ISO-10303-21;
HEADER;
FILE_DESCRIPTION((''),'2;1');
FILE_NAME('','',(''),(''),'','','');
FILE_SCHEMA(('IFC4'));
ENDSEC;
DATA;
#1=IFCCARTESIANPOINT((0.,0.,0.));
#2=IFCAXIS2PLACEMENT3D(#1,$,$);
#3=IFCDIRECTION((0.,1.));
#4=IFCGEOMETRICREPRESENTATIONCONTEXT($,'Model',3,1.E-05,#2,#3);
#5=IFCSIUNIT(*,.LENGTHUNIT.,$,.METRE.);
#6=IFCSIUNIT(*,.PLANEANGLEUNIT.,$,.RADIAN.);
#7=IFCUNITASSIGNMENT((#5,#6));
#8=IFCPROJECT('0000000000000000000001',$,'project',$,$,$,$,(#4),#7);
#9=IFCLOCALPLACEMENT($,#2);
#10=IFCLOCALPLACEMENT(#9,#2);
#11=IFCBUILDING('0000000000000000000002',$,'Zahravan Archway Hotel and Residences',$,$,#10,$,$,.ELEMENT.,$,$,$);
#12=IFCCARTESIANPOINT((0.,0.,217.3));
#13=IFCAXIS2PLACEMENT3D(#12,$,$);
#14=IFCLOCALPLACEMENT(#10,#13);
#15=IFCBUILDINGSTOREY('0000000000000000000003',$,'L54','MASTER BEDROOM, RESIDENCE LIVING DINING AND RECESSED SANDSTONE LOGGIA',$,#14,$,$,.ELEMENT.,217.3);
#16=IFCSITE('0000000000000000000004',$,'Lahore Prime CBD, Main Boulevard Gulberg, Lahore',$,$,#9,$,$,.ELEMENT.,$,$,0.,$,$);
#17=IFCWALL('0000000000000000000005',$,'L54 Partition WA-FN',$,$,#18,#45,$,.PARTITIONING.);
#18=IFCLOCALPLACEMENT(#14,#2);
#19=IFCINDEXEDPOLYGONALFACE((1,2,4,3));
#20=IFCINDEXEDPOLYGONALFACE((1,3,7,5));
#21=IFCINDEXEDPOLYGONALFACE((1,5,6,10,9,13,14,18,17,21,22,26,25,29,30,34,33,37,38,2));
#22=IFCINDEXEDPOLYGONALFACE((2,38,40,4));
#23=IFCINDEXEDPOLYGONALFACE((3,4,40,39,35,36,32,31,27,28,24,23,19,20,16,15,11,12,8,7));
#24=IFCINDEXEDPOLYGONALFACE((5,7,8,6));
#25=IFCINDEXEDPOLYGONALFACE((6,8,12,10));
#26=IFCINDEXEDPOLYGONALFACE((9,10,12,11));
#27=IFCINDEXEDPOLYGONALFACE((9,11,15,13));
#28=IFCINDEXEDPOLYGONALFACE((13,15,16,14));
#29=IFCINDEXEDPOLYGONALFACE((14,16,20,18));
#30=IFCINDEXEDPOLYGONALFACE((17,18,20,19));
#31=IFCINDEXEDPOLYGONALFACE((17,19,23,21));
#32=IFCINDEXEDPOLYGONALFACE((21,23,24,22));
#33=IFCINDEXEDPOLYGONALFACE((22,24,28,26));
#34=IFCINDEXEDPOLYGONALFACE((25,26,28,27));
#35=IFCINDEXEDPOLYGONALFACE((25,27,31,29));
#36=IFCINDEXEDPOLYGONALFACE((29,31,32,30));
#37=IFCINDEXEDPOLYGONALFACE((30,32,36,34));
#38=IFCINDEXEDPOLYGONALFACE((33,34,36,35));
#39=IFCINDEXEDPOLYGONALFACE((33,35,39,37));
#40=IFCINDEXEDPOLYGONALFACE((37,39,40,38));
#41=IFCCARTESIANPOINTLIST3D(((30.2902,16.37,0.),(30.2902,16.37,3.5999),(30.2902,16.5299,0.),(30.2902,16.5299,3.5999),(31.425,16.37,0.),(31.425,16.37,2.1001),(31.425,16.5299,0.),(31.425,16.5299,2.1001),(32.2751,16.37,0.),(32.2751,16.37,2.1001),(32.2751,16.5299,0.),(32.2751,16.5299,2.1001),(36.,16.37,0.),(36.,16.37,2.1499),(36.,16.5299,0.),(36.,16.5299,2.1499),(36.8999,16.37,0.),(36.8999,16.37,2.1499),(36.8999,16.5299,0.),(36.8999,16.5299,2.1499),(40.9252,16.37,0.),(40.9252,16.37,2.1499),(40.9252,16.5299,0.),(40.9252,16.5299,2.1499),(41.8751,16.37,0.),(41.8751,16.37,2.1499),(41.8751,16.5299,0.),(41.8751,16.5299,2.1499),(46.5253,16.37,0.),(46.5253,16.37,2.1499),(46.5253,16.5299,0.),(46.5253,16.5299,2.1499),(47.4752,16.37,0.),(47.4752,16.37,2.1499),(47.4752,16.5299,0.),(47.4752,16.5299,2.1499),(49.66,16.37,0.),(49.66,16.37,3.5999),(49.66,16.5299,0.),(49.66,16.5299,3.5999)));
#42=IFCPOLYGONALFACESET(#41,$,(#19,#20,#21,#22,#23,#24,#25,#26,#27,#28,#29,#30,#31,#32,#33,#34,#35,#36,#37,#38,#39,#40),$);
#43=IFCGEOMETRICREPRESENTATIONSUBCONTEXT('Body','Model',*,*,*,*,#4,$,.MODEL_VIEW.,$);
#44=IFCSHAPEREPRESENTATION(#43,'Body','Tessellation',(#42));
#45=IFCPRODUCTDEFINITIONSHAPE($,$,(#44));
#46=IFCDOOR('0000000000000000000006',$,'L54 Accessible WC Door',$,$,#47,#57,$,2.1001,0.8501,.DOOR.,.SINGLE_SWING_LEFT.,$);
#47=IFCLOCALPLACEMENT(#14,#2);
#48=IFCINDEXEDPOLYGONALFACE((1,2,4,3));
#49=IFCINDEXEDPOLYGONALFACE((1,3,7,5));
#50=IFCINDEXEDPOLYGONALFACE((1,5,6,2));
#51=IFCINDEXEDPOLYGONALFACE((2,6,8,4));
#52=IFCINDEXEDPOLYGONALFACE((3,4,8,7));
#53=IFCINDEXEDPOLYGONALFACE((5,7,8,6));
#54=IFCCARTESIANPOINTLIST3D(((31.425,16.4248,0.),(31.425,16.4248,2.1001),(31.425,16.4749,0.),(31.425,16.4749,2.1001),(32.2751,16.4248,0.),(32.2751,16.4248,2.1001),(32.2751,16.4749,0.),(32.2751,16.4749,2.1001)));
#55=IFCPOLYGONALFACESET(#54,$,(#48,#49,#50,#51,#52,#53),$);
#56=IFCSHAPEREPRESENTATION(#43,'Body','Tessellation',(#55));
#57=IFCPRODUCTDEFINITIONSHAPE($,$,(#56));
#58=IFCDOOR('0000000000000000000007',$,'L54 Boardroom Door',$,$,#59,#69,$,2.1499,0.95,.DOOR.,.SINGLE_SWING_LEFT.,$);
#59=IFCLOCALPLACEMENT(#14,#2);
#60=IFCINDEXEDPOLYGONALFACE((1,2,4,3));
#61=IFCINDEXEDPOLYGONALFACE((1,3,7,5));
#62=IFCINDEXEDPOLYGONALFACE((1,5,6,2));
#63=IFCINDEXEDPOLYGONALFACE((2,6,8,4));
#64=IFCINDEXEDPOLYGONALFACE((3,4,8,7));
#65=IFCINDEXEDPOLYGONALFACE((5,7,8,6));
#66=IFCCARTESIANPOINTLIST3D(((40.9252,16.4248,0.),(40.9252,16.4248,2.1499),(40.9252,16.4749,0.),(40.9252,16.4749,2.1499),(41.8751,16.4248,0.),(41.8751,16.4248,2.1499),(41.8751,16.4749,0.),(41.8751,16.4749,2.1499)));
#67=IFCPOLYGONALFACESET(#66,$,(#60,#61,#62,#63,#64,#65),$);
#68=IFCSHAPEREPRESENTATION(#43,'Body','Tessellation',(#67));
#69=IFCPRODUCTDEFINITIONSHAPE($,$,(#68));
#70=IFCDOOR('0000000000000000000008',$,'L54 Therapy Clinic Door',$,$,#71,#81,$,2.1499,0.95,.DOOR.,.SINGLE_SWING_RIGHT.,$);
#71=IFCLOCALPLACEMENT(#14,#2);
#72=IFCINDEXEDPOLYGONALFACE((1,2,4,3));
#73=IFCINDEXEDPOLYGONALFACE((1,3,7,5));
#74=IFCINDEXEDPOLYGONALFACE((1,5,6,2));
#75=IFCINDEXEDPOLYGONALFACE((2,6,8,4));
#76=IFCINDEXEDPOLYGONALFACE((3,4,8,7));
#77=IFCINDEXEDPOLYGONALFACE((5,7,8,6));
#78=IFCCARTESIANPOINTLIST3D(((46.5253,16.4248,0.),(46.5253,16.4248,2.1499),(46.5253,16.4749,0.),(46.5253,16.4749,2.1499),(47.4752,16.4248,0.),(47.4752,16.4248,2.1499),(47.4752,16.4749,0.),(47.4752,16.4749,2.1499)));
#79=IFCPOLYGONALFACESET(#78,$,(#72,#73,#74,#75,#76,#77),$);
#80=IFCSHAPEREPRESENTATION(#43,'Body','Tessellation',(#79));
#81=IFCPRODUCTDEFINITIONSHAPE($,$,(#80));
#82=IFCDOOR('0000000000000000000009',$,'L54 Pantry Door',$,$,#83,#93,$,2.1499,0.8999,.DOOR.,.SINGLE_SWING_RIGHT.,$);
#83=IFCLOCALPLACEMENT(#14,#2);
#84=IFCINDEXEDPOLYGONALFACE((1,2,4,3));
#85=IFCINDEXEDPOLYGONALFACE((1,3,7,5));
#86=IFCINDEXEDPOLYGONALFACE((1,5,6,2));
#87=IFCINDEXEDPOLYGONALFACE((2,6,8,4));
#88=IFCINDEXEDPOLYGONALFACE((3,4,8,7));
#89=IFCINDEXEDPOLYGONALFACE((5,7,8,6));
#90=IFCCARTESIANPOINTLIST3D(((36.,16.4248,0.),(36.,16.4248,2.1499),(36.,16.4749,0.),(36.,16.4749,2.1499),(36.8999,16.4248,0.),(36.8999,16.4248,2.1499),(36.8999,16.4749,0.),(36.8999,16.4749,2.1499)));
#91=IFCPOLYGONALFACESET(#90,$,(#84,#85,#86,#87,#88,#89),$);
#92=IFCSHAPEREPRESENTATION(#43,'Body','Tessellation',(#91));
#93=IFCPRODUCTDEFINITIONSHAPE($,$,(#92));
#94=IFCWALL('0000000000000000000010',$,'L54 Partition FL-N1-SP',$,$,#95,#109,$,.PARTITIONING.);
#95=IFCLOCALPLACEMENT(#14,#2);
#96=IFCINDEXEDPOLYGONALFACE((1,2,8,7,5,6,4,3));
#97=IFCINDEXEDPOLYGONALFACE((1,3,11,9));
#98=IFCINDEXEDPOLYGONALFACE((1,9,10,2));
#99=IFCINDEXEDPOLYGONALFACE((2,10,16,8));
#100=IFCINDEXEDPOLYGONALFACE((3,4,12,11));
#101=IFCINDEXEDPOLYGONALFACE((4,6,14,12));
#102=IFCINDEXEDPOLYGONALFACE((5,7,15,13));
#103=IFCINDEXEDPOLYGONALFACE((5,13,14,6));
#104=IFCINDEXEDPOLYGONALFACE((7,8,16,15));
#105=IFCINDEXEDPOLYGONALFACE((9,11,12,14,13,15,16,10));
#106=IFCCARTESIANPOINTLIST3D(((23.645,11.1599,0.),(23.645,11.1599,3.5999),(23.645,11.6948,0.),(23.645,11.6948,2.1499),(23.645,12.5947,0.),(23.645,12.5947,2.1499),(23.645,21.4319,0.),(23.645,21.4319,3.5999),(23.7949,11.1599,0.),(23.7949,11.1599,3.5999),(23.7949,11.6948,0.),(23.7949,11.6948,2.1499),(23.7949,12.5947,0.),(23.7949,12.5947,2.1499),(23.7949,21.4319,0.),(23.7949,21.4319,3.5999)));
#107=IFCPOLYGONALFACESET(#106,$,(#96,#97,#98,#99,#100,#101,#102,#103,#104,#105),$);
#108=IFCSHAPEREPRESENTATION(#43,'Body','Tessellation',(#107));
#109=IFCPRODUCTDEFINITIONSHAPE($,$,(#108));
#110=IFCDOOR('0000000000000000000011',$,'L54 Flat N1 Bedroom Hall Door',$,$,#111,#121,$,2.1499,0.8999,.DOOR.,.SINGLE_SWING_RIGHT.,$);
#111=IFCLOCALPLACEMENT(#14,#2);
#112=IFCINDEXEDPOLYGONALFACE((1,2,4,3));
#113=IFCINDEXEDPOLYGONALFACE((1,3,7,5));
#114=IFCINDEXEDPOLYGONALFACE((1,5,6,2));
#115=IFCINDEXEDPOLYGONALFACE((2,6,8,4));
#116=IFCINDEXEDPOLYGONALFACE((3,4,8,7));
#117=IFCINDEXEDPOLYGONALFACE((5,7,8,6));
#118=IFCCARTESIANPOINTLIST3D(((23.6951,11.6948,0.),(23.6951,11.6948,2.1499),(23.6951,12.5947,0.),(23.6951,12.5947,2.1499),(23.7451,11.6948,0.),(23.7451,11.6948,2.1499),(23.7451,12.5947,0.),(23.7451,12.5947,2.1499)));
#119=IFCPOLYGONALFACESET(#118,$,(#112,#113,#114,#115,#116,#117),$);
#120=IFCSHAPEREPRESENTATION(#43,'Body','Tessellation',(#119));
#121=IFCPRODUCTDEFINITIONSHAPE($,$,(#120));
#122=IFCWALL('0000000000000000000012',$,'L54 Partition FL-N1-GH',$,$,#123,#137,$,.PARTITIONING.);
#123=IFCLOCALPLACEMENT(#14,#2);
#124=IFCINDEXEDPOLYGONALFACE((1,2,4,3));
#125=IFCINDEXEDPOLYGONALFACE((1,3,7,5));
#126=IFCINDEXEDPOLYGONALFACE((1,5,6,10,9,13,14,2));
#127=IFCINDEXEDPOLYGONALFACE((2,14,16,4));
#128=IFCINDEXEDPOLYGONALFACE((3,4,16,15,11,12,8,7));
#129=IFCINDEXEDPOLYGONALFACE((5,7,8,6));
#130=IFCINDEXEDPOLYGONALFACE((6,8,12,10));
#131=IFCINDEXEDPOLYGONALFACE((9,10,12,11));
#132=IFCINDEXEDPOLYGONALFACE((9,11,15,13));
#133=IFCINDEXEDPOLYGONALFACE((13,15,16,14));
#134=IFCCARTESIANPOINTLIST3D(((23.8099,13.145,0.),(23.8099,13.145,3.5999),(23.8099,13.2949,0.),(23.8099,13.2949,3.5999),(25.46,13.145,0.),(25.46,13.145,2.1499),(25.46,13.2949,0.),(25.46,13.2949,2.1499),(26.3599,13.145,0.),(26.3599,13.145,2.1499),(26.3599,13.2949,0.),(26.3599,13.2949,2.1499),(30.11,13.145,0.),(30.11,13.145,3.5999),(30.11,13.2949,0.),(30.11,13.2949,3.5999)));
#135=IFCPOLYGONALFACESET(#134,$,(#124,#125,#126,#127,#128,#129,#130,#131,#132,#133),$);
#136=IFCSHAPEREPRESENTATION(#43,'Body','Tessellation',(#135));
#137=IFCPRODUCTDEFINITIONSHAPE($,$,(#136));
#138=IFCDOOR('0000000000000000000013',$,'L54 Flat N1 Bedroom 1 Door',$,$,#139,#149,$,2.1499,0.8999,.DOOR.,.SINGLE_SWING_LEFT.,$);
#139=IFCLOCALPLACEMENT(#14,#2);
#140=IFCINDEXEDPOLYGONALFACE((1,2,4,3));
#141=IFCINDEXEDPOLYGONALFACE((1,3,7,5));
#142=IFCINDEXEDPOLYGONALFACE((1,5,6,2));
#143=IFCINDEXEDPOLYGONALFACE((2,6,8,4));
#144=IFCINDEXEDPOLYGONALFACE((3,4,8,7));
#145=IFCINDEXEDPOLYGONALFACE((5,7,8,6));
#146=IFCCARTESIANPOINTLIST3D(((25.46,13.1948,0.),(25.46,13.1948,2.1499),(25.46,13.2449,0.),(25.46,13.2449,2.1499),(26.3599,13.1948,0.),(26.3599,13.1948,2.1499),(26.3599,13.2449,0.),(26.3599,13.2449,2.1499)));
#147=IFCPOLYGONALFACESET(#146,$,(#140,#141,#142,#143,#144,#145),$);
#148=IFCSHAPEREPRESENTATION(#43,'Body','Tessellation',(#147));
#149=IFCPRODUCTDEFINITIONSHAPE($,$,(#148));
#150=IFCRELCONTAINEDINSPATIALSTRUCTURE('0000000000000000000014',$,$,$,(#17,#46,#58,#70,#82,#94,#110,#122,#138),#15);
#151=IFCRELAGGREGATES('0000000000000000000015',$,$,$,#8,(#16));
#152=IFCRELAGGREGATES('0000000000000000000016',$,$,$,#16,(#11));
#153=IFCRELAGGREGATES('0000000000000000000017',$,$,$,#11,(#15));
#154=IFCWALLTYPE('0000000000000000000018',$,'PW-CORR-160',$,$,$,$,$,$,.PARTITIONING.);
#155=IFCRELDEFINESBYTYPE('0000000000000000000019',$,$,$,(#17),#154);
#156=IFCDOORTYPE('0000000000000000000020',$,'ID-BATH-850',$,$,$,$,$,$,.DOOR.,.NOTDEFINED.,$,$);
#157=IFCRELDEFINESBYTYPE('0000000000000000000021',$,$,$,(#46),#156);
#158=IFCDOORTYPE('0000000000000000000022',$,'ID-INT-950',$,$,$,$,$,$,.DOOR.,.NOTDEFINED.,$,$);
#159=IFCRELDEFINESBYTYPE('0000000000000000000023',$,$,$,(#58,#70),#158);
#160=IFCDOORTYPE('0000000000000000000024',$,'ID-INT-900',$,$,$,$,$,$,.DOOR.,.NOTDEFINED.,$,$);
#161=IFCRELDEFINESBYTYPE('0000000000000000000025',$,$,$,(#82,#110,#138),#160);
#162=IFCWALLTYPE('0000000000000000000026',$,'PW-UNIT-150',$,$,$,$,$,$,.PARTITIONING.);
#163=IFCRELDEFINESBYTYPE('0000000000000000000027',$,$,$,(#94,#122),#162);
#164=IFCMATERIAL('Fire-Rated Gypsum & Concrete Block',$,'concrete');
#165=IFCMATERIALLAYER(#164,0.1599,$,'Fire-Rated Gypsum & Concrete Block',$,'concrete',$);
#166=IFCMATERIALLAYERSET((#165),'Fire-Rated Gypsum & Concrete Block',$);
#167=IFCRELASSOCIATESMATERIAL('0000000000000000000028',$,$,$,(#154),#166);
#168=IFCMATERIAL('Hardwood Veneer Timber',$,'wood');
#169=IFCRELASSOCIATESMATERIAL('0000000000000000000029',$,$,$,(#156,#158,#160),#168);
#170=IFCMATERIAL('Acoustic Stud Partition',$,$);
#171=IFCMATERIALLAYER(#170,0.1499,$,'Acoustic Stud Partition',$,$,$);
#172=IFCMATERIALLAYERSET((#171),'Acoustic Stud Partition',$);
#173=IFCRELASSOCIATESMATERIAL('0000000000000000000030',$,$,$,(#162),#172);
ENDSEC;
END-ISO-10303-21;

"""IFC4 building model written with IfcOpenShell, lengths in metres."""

from ifc_helpers import new_model, si_unit, direction, frame, frame_2d, origin, place, context, subcontext, project, spatial, rectangle, extrude, source, transform, mapped, material, layer, layer_set, type_object, type_shapes, element, fill, save


model = new_model("IFC4")

# Units and contexts
model_context = context("Model", 3, precision=1e-05, world=origin(), true_north=direction((0.0, 1.0)))
body_context = subcontext(model_context, "Body", "Model", "MODEL_VIEW")
ifc_project = project(units=[si_unit("LENGTHUNIT", "METRE"), si_unit("PLANEANGLEUNIT", "RADIAN")], contexts=[model_context])

# Site, building, storey
site_placement = place(None, origin())
site = spatial("IfcSite", under=ifc_project, at=site_placement, Name="Lahore Prime CBD, Main Boulevard Gulberg, Lahore", CompositionType="ELEMENT", RefElevation=0.0)
building_placement = place(site_placement, origin())
building = spatial("IfcBuilding", under=site, at=building_placement, Name="Zahravan Archway Hotel and Residences", CompositionType="ELEMENT")
storey_placement = place(building_placement, frame((0.0, 0.0, 217.3)))
storey = spatial("IfcBuildingStorey", under=building, at=storey_placement, Name="L54", Description="MASTER BEDROOM, RESIDENCE LIVING DINING AND RECESSED SANDSTONE LOGGIA", CompositionType="ELEMENT", Elevation=217.3)

# Shared definitions
ifc_material_1 = material(Name="Fire-Rated Gypsum & Concrete Block", Category="concrete")
ifc_layer_1 = layer(ifc_material_1, 0.1599, Name="Fire-Rated Gypsum & Concrete Block", Category="concrete")
ifc_layer_set_1 = layer_set([ifc_layer_1], Name="Fire-Rated Gypsum & Concrete Block")
wall_type_1 = type_object("IfcWallType", Name="PW-CORR-160", PredefinedType="PARTITIONING", material=ifc_layer_set_1)

# Wall, openings, doors
wall_1_placement = place(storey_placement, frame((30.29, 16.45, 0.0), z_axis=(0.0, 0.0, 1.0), x_axis=(1.0, 0.0, 0.0)))
wall_1 = element("IfcWall", 1, at=wall_1_placement, inside=storey, type_object=wall_type_1, Name="L54 Partition WA-FN", PredefinedType="PARTITIONING", context=body_context, shape_type="SweptSolid", body=[
    extrude(rectangle(XDim=19.3699, YDim=0.1599, at=frame_2d((9.6851, 0.0))), origin(), (0.0, 0.0, 1.0), 3.5999),
])
opening_1_placement = place(wall_1_placement, frame((1.135, 0.0, 0.0)))
opening_1 = element("IfcOpeningElement", 2, at=opening_1_placement, cuts=wall_1, PredefinedType="OPENING", context=body_context, shape_type="SweptSolid", body=[
    extrude(rectangle(XDim=0.8501, YDim=2.1001, at=frame_2d((0.425, 1.05))), frame((0.0, 0.0898, 0.0), z_axis=(0.0, -1.0, 0.0), x_axis=(1.0, 0.0, 0.0)), (0.0, 0.0, 1.0), 0.1799),
])
opening_2_placement = place(wall_1_placement, frame((5.71, 0.0, 0.0)))
opening_2 = element("IfcOpeningElement", 3, at=opening_2_placement, cuts=wall_1, PredefinedType="OPENING", context=body_context, shape_type="SweptSolid", body=[
    extrude(rectangle(XDim=0.8999, YDim=2.1499, at=frame_2d((0.45, 1.075))), frame((0.0, 0.0898, 0.0), z_axis=(0.0, -1.0, 0.0), x_axis=(1.0, 0.0, 0.0)), (0.0, 0.0, 1.0), 0.1799),
])
opening_3_placement = place(wall_1_placement, frame((10.635, 0.0, 0.0)))
opening_3 = element("IfcOpeningElement", 4, at=opening_3_placement, cuts=wall_1, PredefinedType="OPENING", context=body_context, shape_type="SweptSolid", body=[
    extrude(rectangle(XDim=0.95, YDim=2.1499, at=frame_2d((0.4751, 1.075))), frame((0.0, 0.0898, 0.0), z_axis=(0.0, -1.0, 0.0), x_axis=(1.0, 0.0, 0.0)), (0.0, 0.0, 1.0), 0.1799),
])
opening_4_placement = place(wall_1_placement, frame((16.2351, 0.0, 0.0)))
opening_4 = element("IfcOpeningElement", 5, at=opening_4_placement, cuts=wall_1, PredefinedType="OPENING", context=body_context, shape_type="SweptSolid", body=[
    extrude(rectangle(XDim=0.95, YDim=2.1499, at=frame_2d((0.4751, 1.075))), frame((0.0, 0.0898, 0.0), z_axis=(0.0, -1.0, 0.0), x_axis=(1.0, 0.0, 0.0)), (0.0, 0.0, 1.0), 0.1799),
])
ifc_material_2 = material(Name="Hardwood Veneer Timber", Category="wood")
door_type_1 = type_object("IfcDoorType", Name="ID-BATH-850", OperationType="NOTDEFINED", PredefinedType="DOOR", material=ifc_material_2)
shared_shape_1 = source(origin(), body_context, "Body", "SweptSolid", [
    extrude(rectangle(XDim=0.8501, YDim=2.1001, at=frame_2d((0.425, 1.05))), frame((0.0, 0.0249, 0.0), z_axis=(0.0, -1.0, 0.0), x_axis=(1.0, 0.0, 0.0)), (0.0, 0.0, 1.0), 0.05),
])
type_shapes(door_type_1, [shared_shape_1])
door_1_placement = place(opening_1_placement, origin())
door_1 = element("IfcDoor", 6, at=door_1_placement, inside=storey, type_object=door_type_1, Name="L54 Accessible WC Door", OperationType="SINGLE_SWING_LEFT", OverallHeight=2.1001, OverallWidth=0.8501, PredefinedType="DOOR", context=body_context, shape_type="MappedRepresentation", body=[
    mapped(shared_shape_1, transform((0.0, 0.0, 0.0), scale=1.0)),
])
fill(opening_1, door_1)
door_type_2 = type_object("IfcDoorType", Name="ID-INT-950", OperationType="NOTDEFINED", PredefinedType="DOOR", material=ifc_material_2)
shared_shape_2 = source(origin(), body_context, "Body", "SweptSolid", [
    extrude(rectangle(XDim=0.95, YDim=2.1499, at=frame_2d((0.4751, 1.075))), frame((0.0, 0.0249, 0.0), z_axis=(0.0, -1.0, 0.0), x_axis=(1.0, 0.0, 0.0)), (0.0, 0.0, 1.0), 0.05),
])
type_shapes(door_type_2, [shared_shape_2])
door_2_placement = place(opening_3_placement, origin())
door_2 = element("IfcDoor", 7, at=door_2_placement, inside=storey, type_object=door_type_2, Name="L54 Boardroom Door", OperationType="SINGLE_SWING_LEFT", OverallHeight=2.1499, OverallWidth=0.95, PredefinedType="DOOR", context=body_context, shape_type="MappedRepresentation", body=[
    mapped(shared_shape_2, transform((0.0, 0.0, 0.0), scale=1.0)),
])
fill(opening_3, door_2)
door_3_placement = place(opening_4_placement, origin())
door_3 = element("IfcDoor", 8, at=door_3_placement, inside=storey, type_object=door_type_2, Name="L54 Therapy Clinic Door", OperationType="SINGLE_SWING_RIGHT", OverallHeight=2.1499, OverallWidth=0.95, PredefinedType="DOOR", context=body_context, shape_type="MappedRepresentation", body=[
    mapped(shared_shape_2, transform((0.0, 0.0, 0.0), scale=1.0)),
])
fill(opening_4, door_3)
door_type_3 = type_object("IfcDoorType", Name="ID-INT-900", OperationType="NOTDEFINED", PredefinedType="DOOR", material=ifc_material_2)
shared_shape_3 = source(origin(), body_context, "Body", "SweptSolid", [
    extrude(rectangle(XDim=0.8999, YDim=2.1499, at=frame_2d((0.45, 1.075))), frame((0.0, 0.0249, 0.0), z_axis=(0.0, -1.0, 0.0), x_axis=(1.0, 0.0, 0.0)), (0.0, 0.0, 1.0), 0.05),
])
type_shapes(door_type_3, [shared_shape_3])
door_4_placement = place(opening_2_placement, origin())
door_4 = element("IfcDoor", 9, at=door_4_placement, inside=storey, type_object=door_type_3, Name="L54 Pantry Door", OperationType="SINGLE_SWING_RIGHT", OverallHeight=2.1499, OverallWidth=0.8999, PredefinedType="DOOR", context=body_context, shape_type="MappedRepresentation", body=[
    mapped(shared_shape_3, transform((0.0, 0.0, 0.0), scale=1.0)),
])
fill(opening_2, door_4)

# Walls, openings, doors
ifc_material_3 = material(Name="Acoustic Stud Partition")
ifc_layer_2 = layer(ifc_material_3, 0.1499, Name="Acoustic Stud Partition")
ifc_layer_set_2 = layer_set([ifc_layer_2], Name="Acoustic Stud Partition")
wall_type_2 = type_object("IfcWallType", Name="PW-UNIT-150", PredefinedType="PARTITIONING", material=ifc_layer_set_2)
wall_2_placement = place(storey_placement, frame((23.72, 11.1599, 0.0), z_axis=(0.0, 0.0, 1.0), x_axis=(0.0, 1.0, 0.0)))
wall_2 = element("IfcWall", 10, at=wall_2_placement, inside=storey, type_object=wall_type_2, Name="L54 Partition FL-N1-SP", PredefinedType="PARTITIONING", context=body_context, shape_type="SweptSolid", body=[
    extrude(rectangle(XDim=10.272, YDim=0.1499, at=frame_2d((5.136, 0.0))), origin(), (0.0, 0.0, 1.0), 3.5999),
])
opening_5_placement = place(wall_2_placement, frame((0.5349, 0.0, 0.0)))
opening_5 = element("IfcOpeningElement", 11, at=opening_5_placement, cuts=wall_2, PredefinedType="OPENING", context=body_context, shape_type="SweptSolid", body=[
    extrude(rectangle(XDim=0.8999, YDim=2.1499, at=frame_2d((0.45, 1.075))), frame((0.0, 0.085, 0.0), z_axis=(0.0, -1.0, 0.0), x_axis=(1.0, 0.0, 0.0)), (0.0, 0.0, 1.0), 0.1699),
])
door_5_placement = place(opening_5_placement, origin())
door_5 = element("IfcDoor", 12, at=door_5_placement, inside=storey, type_object=door_type_3, Name="L54 Flat N1 Bedroom Hall Door", OperationType="SINGLE_SWING_RIGHT", OverallHeight=2.1499, OverallWidth=0.8999, PredefinedType="DOOR", context=body_context, shape_type="MappedRepresentation", body=[
    mapped(shared_shape_3, transform((0.0, 0.0, 0.0), scale=1.0)),
])
fill(opening_5, door_5)
wall_3_placement = place(storey_placement, frame((23.8101, 13.22, 0.0), z_axis=(0.0, 0.0, 1.0), x_axis=(1.0, 0.0, 0.0)))
wall_3 = element("IfcWall", 13, at=wall_3_placement, inside=storey, type_object=wall_type_2, Name="L54 Partition FL-N1-GH", PredefinedType="PARTITIONING", context=body_context, shape_type="SweptSolid", body=[
    extrude(rectangle(XDim=6.3, YDim=0.1499, at=frame_2d((3.1499, 0.0))), origin(), (0.0, 0.0, 1.0), 3.5999),
])
opening_6_placement = place(wall_3_placement, frame((1.6499, 0.0, 0.0)))
opening_6 = element("IfcOpeningElement", 14, at=opening_6_placement, cuts=wall_3, PredefinedType="OPENING", context=body_context, shape_type="SweptSolid", body=[
    extrude(rectangle(XDim=0.8999, YDim=2.1499, at=frame_2d((0.45, 1.075))), frame((0.0, 0.085, 0.0), z_axis=(0.0, -1.0, 0.0), x_axis=(1.0, 0.0, 0.0)), (0.0, 0.0, 1.0), 0.1699),
])
door_6_placement = place(opening_6_placement, origin())
door_6 = element("IfcDoor", 15, at=door_6_placement, inside=storey, type_object=door_type_3, Name="L54 Flat N1 Bedroom 1 Door", OperationType="SINGLE_SWING_LEFT", OverallHeight=2.1499, OverallWidth=0.8999, PredefinedType="DOOR", context=body_context, shape_type="MappedRepresentation", body=[
    mapped(shared_shape_3, transform((0.0, 0.0, 0.0), scale=1.0)),
])
fill(opening_6, door_6)

save(model, "model.ifc")
